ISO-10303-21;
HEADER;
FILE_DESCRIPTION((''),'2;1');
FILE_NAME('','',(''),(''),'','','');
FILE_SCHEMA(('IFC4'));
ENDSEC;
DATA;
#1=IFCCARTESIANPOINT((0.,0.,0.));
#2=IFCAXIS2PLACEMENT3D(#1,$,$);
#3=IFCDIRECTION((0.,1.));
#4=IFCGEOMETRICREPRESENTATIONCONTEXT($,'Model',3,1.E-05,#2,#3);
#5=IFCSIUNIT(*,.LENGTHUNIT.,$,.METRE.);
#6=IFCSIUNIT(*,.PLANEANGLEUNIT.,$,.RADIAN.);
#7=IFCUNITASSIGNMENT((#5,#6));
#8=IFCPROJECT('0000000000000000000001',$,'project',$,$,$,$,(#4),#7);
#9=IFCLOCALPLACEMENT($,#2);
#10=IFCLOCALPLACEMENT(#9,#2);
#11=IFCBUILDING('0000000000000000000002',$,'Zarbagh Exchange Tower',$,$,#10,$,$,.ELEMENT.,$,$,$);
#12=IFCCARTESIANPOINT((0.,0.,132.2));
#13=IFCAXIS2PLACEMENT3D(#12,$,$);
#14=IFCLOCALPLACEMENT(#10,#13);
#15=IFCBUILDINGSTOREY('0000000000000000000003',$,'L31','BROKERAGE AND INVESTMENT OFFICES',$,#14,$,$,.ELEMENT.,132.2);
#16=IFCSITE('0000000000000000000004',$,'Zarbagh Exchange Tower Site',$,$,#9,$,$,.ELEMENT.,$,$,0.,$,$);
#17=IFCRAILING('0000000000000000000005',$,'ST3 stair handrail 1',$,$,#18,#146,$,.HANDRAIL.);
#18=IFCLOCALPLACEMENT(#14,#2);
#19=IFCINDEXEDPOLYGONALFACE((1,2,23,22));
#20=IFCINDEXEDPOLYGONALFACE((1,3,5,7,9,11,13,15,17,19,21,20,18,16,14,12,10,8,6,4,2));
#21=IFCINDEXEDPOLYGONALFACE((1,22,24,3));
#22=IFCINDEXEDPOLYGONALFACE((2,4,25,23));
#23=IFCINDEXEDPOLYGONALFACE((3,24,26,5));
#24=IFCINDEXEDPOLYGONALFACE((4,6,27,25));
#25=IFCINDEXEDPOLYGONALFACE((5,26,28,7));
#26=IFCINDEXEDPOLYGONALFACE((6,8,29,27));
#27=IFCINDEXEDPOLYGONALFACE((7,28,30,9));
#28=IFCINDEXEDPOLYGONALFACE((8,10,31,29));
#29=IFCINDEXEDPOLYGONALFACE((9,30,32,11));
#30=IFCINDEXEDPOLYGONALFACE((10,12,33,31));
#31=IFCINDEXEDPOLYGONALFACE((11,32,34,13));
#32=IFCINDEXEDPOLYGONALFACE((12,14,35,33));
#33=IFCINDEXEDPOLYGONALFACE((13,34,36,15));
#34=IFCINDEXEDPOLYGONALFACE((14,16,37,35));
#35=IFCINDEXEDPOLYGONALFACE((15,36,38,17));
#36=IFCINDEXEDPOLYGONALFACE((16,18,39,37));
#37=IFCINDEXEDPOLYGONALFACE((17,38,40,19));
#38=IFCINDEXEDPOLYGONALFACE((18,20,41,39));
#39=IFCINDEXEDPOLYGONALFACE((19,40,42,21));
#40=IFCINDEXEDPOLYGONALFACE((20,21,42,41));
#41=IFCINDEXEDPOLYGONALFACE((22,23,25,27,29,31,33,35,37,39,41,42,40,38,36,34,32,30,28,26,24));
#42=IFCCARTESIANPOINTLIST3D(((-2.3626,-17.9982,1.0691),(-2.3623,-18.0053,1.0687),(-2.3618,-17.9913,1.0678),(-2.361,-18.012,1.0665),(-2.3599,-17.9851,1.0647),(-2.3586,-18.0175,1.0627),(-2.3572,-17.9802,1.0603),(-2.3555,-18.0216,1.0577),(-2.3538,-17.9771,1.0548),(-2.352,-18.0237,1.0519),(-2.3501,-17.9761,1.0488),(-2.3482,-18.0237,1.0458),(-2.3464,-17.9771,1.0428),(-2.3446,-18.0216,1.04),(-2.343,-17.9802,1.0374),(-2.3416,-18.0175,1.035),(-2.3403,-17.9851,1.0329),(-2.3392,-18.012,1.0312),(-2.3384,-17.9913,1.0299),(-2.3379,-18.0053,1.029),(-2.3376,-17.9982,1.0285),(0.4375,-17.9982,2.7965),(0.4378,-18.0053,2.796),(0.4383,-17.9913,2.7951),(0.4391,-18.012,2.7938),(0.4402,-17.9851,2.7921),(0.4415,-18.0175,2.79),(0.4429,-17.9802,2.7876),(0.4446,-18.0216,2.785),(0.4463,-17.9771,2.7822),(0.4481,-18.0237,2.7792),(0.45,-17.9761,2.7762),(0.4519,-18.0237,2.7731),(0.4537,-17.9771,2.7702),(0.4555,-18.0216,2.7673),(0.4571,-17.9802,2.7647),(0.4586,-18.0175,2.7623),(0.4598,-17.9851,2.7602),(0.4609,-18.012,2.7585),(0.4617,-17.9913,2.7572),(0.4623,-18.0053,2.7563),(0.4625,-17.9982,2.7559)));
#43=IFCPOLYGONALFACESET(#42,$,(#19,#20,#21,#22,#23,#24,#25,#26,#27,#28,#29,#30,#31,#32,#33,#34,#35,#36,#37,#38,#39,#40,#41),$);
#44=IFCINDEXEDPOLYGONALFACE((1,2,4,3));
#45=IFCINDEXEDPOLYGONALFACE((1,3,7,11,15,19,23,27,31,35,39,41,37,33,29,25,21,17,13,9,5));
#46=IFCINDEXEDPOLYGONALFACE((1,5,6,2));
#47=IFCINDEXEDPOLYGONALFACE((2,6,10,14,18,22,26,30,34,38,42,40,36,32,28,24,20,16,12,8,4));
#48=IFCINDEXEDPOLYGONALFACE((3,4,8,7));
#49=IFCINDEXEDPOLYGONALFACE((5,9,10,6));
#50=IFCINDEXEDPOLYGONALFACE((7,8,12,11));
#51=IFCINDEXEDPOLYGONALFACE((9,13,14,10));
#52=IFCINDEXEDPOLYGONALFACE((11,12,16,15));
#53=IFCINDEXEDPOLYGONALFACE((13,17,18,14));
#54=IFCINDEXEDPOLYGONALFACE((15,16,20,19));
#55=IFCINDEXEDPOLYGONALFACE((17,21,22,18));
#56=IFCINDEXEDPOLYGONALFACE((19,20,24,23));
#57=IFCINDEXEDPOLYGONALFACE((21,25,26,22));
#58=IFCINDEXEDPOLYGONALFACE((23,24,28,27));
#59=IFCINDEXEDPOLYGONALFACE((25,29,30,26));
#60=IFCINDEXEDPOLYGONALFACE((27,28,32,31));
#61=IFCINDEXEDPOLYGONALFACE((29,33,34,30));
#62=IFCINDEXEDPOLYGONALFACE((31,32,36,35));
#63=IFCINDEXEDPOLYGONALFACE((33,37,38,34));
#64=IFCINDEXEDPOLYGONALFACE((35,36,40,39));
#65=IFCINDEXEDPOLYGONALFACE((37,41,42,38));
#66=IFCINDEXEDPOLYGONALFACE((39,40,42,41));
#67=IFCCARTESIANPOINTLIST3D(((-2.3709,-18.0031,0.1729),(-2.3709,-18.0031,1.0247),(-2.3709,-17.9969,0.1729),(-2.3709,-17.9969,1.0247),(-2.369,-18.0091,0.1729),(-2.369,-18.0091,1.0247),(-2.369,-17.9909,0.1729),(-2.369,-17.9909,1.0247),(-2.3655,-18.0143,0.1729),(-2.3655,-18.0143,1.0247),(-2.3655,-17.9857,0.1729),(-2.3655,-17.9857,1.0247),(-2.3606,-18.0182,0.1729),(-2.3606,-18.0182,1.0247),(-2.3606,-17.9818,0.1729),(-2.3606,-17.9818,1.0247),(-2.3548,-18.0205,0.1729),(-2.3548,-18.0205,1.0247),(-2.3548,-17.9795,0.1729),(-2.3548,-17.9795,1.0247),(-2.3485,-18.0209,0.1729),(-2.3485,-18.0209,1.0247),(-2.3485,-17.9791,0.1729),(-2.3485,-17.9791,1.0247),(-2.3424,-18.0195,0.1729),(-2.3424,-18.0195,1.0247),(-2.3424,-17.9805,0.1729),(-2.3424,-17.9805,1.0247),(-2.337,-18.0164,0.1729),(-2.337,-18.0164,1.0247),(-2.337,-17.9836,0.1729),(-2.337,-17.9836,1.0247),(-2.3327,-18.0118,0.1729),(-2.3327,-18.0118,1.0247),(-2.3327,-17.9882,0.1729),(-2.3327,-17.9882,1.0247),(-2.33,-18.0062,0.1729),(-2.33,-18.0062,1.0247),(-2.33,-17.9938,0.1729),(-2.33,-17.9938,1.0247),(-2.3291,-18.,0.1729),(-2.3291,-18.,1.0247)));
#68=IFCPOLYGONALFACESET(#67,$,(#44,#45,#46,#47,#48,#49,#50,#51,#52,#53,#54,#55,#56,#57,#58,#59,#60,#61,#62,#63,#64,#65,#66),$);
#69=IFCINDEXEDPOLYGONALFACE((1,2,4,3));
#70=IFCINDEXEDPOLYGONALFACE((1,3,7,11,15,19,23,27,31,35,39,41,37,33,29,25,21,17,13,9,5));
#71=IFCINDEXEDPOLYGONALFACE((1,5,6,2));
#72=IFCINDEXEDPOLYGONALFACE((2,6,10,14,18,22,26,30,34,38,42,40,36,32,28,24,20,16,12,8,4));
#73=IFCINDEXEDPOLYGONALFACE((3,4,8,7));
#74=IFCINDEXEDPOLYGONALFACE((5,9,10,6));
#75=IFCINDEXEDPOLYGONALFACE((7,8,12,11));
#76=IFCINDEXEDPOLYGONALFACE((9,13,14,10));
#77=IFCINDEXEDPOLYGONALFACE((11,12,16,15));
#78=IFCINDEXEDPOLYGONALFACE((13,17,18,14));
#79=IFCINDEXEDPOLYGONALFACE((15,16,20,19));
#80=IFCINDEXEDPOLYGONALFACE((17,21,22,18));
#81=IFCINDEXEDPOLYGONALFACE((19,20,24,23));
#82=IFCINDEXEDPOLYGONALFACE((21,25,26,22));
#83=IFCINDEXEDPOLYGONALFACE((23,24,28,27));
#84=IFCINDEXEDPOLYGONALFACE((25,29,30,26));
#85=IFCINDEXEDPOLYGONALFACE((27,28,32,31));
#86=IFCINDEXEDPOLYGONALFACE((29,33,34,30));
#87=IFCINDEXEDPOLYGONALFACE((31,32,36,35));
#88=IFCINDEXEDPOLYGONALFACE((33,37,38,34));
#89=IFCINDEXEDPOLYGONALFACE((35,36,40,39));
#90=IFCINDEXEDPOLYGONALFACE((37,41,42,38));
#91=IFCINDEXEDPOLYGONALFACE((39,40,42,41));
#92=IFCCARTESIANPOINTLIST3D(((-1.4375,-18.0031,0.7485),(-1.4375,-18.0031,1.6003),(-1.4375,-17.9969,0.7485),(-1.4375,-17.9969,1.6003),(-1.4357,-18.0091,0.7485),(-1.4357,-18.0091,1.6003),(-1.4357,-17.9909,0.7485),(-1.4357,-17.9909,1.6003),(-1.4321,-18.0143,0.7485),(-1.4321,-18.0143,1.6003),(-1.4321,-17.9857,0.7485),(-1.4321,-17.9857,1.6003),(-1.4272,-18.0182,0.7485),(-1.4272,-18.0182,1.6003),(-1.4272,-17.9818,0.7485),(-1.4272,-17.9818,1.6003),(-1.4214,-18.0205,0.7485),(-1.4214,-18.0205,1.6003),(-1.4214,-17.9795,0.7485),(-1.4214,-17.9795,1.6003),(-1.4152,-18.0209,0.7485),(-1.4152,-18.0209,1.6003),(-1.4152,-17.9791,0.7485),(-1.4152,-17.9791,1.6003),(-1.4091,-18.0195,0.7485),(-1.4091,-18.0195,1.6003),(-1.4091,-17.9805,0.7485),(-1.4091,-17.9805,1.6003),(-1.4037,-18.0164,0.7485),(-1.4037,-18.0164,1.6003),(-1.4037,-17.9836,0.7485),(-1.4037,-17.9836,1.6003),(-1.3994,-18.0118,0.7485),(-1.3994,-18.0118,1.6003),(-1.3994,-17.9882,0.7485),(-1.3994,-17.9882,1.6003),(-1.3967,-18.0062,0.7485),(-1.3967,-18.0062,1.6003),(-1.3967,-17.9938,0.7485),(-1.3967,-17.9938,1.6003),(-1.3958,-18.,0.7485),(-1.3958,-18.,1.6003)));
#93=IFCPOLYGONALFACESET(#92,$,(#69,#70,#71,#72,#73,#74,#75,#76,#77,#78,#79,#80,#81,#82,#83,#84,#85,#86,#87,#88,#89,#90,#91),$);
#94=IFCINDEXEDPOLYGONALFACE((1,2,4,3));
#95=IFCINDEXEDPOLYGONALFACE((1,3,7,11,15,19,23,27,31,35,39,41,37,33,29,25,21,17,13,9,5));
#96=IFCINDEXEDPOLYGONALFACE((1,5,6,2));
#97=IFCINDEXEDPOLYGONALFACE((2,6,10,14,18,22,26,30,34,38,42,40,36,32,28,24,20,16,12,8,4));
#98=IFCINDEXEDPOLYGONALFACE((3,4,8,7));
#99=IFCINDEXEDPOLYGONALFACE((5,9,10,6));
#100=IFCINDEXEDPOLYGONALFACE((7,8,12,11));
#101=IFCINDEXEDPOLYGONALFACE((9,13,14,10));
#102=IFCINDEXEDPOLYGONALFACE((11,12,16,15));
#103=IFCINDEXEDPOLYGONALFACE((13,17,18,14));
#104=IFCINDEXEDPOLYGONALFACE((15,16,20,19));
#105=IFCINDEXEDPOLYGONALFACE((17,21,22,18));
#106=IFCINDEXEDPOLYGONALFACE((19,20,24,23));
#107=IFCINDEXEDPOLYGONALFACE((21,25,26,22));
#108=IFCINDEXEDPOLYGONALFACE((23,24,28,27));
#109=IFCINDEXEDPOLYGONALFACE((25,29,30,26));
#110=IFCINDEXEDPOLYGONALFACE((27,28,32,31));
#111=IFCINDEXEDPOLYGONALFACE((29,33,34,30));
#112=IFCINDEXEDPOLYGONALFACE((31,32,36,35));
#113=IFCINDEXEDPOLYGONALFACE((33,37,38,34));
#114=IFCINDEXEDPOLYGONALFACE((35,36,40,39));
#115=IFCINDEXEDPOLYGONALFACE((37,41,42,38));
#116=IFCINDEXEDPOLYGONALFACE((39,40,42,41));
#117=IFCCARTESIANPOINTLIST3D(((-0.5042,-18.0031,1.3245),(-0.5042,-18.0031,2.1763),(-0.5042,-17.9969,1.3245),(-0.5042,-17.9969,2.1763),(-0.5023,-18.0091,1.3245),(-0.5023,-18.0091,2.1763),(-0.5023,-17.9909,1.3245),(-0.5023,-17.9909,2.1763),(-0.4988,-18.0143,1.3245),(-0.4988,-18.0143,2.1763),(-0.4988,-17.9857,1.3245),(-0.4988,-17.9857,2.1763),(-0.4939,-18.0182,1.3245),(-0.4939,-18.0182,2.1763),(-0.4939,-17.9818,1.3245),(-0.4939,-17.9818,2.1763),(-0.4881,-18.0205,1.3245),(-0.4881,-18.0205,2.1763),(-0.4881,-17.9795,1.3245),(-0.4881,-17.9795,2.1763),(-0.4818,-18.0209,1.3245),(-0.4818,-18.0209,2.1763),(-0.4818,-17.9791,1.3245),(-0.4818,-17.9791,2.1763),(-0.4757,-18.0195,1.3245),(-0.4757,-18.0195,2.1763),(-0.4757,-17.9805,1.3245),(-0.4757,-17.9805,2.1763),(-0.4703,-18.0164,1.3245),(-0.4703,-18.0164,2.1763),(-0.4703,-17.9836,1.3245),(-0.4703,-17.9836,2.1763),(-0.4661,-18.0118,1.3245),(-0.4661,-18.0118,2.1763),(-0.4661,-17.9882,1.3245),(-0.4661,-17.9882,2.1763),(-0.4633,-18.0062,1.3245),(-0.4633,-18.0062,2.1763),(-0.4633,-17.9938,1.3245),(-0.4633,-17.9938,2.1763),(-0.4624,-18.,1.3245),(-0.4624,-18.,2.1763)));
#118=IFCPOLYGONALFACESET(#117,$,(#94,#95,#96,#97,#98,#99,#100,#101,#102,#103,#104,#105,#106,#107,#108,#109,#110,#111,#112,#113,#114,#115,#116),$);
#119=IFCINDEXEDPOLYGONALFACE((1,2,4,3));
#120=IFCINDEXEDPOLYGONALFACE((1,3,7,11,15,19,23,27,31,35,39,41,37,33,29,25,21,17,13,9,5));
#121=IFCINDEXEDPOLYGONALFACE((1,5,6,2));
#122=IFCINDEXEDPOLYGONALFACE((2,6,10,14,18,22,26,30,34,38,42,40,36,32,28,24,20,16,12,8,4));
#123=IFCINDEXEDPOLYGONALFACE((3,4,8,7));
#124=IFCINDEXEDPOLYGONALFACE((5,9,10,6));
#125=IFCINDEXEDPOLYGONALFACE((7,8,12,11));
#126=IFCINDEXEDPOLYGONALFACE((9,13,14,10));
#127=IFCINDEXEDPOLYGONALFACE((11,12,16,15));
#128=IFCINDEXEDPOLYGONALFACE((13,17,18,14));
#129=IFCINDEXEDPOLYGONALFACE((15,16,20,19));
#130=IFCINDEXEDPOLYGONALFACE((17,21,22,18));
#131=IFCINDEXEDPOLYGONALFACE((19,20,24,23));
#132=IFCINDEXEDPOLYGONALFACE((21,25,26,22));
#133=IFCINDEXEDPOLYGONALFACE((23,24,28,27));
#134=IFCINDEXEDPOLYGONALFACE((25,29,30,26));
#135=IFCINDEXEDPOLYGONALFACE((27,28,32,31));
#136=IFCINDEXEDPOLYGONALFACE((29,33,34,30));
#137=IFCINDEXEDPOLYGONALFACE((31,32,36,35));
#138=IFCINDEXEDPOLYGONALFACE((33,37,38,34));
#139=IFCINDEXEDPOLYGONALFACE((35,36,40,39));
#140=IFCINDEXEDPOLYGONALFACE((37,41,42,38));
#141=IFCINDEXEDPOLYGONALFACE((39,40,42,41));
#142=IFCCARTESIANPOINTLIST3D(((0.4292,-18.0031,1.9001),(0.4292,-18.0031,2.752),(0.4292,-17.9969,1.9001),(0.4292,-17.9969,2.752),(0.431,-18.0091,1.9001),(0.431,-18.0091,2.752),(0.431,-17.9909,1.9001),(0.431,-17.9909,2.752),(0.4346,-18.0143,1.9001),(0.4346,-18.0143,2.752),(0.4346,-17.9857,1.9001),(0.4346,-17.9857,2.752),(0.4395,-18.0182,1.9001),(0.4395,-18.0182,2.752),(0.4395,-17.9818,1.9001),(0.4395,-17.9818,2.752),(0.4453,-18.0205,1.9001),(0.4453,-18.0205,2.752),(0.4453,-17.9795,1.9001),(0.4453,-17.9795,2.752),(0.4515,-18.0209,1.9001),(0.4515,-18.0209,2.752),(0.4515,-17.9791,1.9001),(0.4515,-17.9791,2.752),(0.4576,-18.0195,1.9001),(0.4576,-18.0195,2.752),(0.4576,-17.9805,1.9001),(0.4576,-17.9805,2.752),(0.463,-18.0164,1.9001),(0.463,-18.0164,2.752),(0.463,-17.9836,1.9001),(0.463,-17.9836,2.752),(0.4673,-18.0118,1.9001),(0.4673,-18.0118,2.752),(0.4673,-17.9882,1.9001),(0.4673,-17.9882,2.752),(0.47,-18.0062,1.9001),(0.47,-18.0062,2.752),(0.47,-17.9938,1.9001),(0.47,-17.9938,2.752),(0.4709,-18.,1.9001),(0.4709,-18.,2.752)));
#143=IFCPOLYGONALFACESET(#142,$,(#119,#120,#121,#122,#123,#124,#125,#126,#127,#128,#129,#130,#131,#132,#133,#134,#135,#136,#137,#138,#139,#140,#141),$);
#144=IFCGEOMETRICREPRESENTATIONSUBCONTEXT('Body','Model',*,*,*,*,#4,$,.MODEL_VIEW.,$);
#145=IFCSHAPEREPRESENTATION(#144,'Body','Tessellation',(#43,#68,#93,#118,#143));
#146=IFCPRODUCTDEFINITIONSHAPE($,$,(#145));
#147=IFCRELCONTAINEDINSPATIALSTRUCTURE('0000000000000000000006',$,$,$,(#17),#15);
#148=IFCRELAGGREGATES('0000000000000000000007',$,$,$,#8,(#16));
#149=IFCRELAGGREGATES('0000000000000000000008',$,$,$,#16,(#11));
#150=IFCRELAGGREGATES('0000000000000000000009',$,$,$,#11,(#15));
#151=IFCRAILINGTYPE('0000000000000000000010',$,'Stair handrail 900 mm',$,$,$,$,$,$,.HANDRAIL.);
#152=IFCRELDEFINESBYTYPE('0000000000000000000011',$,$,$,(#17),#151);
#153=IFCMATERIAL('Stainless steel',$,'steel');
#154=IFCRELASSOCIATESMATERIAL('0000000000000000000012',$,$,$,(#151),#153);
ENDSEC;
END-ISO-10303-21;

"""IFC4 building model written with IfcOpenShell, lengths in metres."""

from ifc_helpers import new_model, si_unit, direction, frame, origin, origin_2d, place, context, subcontext, project, spatial, circle, extrude, material, type_object, element, save


model = new_model("IFC4")

# Units and contexts
model_context = context("Model", 3, precision=1e-05, world=origin(), true_north=direction((0.0, 1.0)))
body_context = subcontext(model_context, "Body", "Model", "MODEL_VIEW")
ifc_project = project(units=[si_unit("LENGTHUNIT", "METRE"), si_unit("PLANEANGLEUNIT", "RADIAN")], contexts=[model_context])

# Site, building, storey
site_placement = place(None, origin())
site = spatial("IfcSite", under=ifc_project, at=site_placement, Name="Zarbagh Exchange Tower Site", CompositionType="ELEMENT", RefElevation=0.0)
building_placement = place(site_placement, origin())
building = spatial("IfcBuilding", under=site, at=building_placement, Name="Zarbagh Exchange Tower", CompositionType="ELEMENT")
storey_placement = place(building_placement, frame((0.0, 0.0, 132.2)))
storey = spatial("IfcBuildingStorey", under=building, at=storey_placement, Name="L31", Description="BROKERAGE AND INVESTMENT OFFICES", CompositionType="ELEMENT", Elevation=132.2)

# Shared definitions
ifc_material_1 = material(Name="Stainless steel", Category="steel")

# Railing
railing_type = type_object("IfcRailingType", Name="Stair handrail 900 mm", PredefinedType="HANDRAIL", material=ifc_material_1)
for number, where, name in (
    (1, (-2.3501, -18.0, 0.1729), "ST3 stair handrail 1"),
):
    element("IfcRailing", number, at=place(storey_placement, frame(where)), inside=storey, type_object=railing_type, Name=name, PredefinedType="HANDRAIL", context=body_context, shape_type="SweptSolid", body=[
        extrude(circle(Radius=0.0239, at=origin_2d()), frame((0.0, 0.0, 0.876), z_axis=(0.85109, 0.0, 0.52502), x_axis=(0.0, 1.0, 0.0)), (0.0, 0.0, 1.0), 3.29),
        extrude(circle(Radius=0.021, at=origin_2d()), origin(), (0.0, 0.0, 1.0), 0.8518),
        extrude(circle(Radius=0.021, at=origin_2d()), frame((0.9333, 0.0, 0.5757)), (0.0, 0.0, 1.0), 0.8518),
        extrude(circle(Radius=0.021, at=origin_2d()), frame((1.8667, 0.0, 1.1516)), (0.0, 0.0, 1.0), 0.8518),
        extrude(circle(Radius=0.021, at=origin_2d()), frame((2.8, 0.0, 1.7273)), (0.0, 0.0, 1.0), 0.8518),
    ])

save(model, "model.ifc")
